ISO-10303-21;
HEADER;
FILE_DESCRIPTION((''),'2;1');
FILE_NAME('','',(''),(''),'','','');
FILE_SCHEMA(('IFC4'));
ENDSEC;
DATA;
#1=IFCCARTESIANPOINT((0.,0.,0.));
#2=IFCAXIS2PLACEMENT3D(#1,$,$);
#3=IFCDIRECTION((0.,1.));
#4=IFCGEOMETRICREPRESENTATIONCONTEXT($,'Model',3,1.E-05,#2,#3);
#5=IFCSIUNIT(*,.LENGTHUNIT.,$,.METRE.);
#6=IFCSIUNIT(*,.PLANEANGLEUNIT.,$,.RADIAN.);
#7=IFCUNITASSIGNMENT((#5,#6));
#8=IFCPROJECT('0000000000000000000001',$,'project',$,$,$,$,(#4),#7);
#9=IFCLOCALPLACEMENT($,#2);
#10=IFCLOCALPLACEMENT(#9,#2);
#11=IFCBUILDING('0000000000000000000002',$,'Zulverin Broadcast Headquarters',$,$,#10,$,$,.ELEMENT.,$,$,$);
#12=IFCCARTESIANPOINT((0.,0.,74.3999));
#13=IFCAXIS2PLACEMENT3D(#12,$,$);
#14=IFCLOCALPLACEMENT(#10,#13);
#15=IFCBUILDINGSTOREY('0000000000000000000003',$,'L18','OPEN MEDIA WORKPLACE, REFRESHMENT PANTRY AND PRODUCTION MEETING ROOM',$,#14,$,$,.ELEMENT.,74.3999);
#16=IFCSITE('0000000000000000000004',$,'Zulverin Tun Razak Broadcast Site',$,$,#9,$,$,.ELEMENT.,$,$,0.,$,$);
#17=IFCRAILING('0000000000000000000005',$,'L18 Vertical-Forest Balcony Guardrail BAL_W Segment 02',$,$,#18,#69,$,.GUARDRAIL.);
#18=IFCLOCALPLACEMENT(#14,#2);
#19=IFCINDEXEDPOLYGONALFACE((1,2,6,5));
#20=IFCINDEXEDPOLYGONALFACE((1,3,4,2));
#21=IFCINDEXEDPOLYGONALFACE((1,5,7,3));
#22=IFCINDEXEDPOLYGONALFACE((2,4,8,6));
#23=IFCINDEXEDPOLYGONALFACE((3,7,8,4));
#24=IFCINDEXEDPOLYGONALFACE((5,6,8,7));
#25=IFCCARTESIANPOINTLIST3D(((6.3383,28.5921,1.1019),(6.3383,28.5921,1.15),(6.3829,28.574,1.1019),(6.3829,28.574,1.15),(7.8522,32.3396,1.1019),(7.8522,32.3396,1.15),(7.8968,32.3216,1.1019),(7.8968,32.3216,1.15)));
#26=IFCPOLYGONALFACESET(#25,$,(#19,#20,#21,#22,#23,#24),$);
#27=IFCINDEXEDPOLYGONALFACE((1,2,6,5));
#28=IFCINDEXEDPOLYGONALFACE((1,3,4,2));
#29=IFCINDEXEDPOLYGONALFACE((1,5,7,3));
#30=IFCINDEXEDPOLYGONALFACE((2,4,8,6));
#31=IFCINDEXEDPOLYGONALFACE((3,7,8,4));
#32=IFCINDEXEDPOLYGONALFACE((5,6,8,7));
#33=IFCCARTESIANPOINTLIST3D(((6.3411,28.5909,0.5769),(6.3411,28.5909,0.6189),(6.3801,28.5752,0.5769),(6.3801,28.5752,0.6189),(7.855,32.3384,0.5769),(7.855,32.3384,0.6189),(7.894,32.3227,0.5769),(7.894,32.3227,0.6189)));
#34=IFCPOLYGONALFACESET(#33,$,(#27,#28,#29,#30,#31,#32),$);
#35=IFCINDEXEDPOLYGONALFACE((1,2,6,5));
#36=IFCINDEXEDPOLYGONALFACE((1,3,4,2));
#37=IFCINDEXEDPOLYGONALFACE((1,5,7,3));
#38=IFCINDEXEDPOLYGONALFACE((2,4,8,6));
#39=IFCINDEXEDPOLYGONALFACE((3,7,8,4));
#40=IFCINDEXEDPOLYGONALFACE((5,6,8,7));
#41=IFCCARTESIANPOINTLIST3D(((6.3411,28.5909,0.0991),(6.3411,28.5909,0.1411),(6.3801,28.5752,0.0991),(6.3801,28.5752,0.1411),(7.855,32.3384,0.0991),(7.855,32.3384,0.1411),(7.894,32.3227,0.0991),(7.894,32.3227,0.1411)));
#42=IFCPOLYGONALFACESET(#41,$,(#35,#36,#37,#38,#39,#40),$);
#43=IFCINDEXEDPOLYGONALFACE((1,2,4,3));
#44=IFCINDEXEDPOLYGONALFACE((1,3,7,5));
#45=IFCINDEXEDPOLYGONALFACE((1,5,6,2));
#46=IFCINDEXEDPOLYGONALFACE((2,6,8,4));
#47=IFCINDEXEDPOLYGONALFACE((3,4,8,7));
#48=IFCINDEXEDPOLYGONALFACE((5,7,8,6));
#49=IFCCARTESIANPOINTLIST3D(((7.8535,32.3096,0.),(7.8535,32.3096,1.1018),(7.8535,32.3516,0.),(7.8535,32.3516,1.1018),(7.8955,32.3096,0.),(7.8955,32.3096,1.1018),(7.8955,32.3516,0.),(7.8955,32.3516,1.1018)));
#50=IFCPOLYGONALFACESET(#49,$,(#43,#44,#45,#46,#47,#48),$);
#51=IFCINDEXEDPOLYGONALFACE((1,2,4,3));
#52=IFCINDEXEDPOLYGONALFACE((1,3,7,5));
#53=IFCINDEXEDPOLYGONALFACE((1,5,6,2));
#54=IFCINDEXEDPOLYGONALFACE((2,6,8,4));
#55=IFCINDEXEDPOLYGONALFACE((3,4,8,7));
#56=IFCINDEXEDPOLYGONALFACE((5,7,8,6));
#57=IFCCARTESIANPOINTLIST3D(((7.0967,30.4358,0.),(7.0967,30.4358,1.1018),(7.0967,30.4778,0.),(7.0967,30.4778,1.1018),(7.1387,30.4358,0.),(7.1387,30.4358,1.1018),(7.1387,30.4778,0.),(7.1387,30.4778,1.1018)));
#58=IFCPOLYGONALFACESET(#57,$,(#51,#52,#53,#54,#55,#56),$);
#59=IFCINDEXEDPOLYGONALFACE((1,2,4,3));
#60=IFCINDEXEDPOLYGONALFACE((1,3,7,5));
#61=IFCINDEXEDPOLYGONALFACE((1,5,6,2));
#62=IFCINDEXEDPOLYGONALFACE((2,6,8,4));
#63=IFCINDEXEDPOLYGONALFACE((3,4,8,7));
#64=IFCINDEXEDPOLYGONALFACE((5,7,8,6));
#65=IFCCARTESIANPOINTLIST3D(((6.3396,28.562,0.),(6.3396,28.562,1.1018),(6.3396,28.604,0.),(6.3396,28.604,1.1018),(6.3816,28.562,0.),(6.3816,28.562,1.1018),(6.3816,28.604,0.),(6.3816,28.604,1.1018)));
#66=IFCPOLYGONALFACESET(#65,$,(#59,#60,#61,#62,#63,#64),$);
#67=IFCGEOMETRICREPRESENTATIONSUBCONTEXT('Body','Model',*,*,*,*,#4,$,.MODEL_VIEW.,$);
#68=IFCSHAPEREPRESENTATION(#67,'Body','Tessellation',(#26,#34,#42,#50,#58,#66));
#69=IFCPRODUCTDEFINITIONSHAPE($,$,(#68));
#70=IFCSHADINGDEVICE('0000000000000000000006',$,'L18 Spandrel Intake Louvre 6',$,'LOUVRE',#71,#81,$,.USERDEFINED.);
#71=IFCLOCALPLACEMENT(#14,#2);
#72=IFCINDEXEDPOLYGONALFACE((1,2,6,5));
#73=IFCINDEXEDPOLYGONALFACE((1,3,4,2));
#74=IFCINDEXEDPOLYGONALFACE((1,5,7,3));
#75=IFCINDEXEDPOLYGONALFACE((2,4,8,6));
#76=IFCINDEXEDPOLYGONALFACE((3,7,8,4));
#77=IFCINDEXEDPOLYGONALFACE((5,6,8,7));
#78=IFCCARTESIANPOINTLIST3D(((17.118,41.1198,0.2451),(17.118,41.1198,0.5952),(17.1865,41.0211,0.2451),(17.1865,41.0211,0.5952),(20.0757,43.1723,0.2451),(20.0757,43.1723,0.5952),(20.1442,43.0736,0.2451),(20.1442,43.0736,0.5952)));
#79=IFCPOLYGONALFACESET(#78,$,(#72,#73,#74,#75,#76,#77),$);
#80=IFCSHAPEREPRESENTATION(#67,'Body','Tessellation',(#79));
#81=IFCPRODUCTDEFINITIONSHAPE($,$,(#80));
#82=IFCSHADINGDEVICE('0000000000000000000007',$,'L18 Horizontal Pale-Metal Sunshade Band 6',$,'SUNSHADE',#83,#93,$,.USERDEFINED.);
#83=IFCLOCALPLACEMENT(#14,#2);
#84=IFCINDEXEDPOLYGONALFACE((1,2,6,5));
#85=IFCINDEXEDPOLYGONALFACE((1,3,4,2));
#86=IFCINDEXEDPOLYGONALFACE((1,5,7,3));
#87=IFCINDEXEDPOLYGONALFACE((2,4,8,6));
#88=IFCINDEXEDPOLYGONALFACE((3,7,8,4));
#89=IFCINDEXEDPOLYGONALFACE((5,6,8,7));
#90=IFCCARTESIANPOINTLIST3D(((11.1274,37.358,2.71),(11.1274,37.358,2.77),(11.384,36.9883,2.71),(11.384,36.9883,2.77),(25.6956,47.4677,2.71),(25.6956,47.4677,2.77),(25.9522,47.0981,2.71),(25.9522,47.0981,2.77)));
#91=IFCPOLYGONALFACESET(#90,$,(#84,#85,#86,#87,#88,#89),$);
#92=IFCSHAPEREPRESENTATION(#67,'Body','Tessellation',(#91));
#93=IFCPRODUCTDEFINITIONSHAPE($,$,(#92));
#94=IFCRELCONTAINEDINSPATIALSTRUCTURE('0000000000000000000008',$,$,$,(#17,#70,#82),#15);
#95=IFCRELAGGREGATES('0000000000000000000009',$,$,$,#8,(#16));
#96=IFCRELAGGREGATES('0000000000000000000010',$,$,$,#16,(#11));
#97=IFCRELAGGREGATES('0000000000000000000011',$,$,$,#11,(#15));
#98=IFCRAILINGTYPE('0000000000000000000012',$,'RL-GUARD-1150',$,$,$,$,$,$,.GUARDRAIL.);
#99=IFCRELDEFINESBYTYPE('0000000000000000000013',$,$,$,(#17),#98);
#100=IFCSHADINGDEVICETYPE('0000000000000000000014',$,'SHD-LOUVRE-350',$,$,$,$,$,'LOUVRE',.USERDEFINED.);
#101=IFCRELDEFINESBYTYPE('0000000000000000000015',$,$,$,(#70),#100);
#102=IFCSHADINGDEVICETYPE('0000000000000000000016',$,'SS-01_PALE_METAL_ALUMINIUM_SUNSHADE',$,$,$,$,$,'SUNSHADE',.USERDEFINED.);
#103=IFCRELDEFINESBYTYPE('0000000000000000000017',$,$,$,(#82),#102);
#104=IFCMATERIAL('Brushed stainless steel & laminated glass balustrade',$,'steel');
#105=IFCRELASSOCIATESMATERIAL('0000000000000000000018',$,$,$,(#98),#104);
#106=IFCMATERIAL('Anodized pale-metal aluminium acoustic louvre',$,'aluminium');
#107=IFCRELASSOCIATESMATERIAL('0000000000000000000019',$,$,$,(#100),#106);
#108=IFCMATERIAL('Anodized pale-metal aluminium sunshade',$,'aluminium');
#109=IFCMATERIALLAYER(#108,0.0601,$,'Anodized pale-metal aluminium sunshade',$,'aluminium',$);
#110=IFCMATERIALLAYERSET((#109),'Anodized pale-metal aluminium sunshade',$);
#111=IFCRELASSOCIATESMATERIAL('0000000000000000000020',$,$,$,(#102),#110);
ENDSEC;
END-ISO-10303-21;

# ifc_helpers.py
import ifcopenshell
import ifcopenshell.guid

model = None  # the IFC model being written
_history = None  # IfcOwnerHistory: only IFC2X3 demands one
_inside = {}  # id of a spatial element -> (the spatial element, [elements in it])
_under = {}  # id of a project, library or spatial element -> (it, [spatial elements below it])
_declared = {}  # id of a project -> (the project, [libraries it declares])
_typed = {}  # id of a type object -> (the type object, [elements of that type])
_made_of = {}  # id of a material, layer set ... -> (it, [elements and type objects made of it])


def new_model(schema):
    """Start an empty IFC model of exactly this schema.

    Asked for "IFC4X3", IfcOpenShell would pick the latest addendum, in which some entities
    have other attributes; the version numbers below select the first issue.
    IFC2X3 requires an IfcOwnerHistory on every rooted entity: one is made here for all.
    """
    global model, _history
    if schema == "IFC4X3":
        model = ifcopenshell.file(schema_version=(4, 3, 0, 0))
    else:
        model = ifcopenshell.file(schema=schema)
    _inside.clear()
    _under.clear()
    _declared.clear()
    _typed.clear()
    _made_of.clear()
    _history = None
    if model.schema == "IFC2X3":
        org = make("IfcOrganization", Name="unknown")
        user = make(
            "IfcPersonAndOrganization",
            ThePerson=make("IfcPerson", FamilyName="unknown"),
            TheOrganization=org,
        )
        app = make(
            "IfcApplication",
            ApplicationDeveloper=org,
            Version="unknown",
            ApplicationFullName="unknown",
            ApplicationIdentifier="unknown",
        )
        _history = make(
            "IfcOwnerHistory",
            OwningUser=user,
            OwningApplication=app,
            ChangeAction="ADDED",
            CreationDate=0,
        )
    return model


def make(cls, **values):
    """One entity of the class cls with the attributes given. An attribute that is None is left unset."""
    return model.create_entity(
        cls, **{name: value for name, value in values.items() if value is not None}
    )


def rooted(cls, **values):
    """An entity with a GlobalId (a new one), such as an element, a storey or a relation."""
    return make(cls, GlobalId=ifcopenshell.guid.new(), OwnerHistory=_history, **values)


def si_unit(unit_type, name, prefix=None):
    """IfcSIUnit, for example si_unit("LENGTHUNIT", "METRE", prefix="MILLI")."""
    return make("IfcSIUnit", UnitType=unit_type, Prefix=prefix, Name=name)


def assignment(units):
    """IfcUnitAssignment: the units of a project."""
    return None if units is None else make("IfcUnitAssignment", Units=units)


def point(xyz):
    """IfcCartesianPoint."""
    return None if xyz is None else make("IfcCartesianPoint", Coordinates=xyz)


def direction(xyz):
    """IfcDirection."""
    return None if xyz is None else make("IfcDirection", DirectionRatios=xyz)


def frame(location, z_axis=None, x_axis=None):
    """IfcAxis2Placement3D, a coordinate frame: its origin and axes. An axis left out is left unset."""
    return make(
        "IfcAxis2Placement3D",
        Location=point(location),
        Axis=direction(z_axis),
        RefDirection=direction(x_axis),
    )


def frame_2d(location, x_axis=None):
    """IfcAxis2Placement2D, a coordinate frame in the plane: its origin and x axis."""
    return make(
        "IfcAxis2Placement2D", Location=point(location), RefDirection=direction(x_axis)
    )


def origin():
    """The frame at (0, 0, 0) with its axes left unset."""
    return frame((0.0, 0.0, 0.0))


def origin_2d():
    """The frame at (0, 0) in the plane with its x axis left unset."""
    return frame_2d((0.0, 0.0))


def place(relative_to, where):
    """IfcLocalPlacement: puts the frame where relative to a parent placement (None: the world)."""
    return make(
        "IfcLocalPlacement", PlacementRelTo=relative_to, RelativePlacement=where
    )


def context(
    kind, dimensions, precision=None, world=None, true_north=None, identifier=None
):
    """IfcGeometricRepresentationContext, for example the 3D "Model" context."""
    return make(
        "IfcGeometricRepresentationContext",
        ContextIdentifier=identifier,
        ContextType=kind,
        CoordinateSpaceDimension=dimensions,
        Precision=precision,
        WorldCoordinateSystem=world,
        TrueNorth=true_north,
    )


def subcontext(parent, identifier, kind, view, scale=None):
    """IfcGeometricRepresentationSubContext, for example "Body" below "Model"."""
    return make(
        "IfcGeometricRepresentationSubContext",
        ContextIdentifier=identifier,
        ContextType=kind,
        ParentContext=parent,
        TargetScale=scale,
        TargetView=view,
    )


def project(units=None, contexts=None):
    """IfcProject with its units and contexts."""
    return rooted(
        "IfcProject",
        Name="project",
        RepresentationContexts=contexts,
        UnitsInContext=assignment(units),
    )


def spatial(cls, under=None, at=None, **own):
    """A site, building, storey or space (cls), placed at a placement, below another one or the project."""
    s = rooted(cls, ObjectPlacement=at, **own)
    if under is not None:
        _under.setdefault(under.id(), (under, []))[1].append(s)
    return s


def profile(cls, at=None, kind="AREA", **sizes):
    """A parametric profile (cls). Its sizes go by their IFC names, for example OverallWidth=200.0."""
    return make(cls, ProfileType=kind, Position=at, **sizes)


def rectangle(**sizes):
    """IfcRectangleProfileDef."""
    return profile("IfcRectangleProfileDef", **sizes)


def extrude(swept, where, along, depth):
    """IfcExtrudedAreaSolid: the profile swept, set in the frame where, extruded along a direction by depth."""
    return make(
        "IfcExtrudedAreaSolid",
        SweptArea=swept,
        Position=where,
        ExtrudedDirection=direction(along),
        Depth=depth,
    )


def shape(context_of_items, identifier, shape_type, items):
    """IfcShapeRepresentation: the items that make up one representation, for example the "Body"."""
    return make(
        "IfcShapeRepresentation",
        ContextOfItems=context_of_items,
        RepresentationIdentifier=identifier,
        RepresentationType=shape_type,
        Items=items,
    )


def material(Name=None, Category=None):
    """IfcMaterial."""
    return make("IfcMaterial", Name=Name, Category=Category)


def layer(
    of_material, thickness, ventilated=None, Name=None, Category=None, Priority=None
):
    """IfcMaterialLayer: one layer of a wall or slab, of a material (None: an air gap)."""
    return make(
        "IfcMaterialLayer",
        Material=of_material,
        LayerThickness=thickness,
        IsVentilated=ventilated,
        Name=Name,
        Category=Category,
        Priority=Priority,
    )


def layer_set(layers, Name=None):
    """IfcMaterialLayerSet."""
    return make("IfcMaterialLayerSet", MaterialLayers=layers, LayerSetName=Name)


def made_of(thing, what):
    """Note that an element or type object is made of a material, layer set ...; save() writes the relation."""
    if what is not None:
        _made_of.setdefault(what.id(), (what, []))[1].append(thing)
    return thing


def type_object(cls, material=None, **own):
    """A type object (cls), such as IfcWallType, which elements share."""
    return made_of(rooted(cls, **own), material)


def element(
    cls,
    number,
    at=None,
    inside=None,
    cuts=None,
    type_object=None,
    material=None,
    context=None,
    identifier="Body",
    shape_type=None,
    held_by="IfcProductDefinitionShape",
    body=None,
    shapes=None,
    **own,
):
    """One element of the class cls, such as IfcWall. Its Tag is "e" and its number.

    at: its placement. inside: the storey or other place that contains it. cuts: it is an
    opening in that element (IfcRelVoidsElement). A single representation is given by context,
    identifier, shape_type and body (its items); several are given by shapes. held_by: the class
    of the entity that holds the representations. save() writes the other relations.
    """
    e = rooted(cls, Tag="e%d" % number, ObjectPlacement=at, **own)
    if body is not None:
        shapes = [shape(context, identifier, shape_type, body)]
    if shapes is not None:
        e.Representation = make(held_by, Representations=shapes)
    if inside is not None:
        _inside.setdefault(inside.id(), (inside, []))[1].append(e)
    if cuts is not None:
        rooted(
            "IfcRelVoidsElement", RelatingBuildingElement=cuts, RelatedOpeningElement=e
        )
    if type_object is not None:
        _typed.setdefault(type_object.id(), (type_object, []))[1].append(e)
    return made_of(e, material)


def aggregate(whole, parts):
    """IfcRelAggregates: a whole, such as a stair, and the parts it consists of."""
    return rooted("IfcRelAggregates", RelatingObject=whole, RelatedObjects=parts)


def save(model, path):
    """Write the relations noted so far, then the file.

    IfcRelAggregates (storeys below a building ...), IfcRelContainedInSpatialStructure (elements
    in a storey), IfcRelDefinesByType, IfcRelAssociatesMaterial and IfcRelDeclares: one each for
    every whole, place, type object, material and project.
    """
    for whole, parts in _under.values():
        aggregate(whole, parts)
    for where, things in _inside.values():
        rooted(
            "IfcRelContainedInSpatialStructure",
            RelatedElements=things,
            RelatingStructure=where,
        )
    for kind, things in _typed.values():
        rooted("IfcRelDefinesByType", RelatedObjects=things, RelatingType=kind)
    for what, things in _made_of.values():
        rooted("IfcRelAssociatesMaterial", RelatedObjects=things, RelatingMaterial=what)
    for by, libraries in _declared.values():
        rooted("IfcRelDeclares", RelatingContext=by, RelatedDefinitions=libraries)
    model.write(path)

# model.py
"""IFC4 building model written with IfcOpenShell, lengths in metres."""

from ifc_helpers import new_model, si_unit, direction, frame, origin, origin_2d, place, context, subcontext, project, spatial, rectangle, extrude, material, layer, layer_set, type_object, element, save


model = new_model("IFC4")

# Units and contexts
model_context = context("Model", 3, precision=1e-05, world=origin(), true_north=direction((0.0, 1.0)))
body_context = subcontext(model_context, "Body", "Model", "MODEL_VIEW")
ifc_project = project(units=[si_unit("LENGTHUNIT", "METRE"), si_unit("PLANEANGLEUNIT", "RADIAN")], contexts=[model_context])

# Site, building, storey
site_placement = place(None, origin())
site = spatial("IfcSite", under=ifc_project, at=site_placement, Name="Zulverin Tun Razak Broadcast Site", CompositionType="ELEMENT", RefElevation=0.0)
building_placement = place(site_placement, origin())
building = spatial("IfcBuilding", under=site, at=building_placement, Name="Zulverin Broadcast Headquarters", CompositionType="ELEMENT")
storey_placement = place(building_placement, frame((0.0, 0.0, 74.3999)))
storey = spatial("IfcBuildingStorey", under=building, at=storey_placement, Name="L18", Description="OPEN MEDIA WORKPLACE, REFRESHMENT PANTRY AND PRODUCTION MEETING ROOM", CompositionType="ELEMENT", Elevation=74.3999)

# Railing
ifc_material_1 = material(Name="Brushed stainless steel & laminated glass balustrade", Category="steel")
railing_type = type_object("IfcRailingType", Name="RL-GUARD-1150", PredefinedType="GUARDRAIL", material=ifc_material_1)
railing_placement = place(storey_placement, frame((7.8745, 32.3306, 0.0)))
element("IfcRailing", 1, at=railing_placement, inside=storey, type_object=railing_type, Name="L18 Vertical-Forest Balcony Guardrail BAL_W Segment 02", PredefinedType="GUARDRAIL", context=body_context, shape_type="SweptSolid", body=[
    extrude(rectangle(XDim=0.0481, YDim=0.0481, at=origin_2d()), frame((0.0, 0.0, 1.126), z_axis=(-0.374565, -0.927201, 0.0), x_axis=(0.927201, -0.374565, 0.0)), (0.0, 0.0, 1.0), 4.0417),
    extrude(rectangle(XDim=0.042, YDim=0.042, at=origin_2d()), frame((0.0, 0.0, 0.5979), z_axis=(-0.374565, -0.927201, 0.0), x_axis=(0.927201, -0.374565, 0.0)), (0.0, 0.0, 1.0), 4.0417),
    extrude(rectangle(XDim=0.042, YDim=0.042, at=origin_2d()), frame((0.0, 0.0, 0.1201), z_axis=(-0.374565, -0.927201, 0.0), x_axis=(0.927201, -0.374565, 0.0)), (0.0, 0.0, 1.0), 4.0417),
    extrude(rectangle(XDim=0.042, YDim=0.042, at=origin_2d()), origin(), (0.0, 0.0, 1.0), 1.1018),
    extrude(rectangle(XDim=0.042, YDim=0.042, at=origin_2d()), frame((-0.7568, -1.8738, 0.0)), (0.0, 0.0, 1.0), 1.1018),
    extrude(rectangle(XDim=0.042, YDim=0.042, at=origin_2d()), frame((-1.5139, -3.7476, 0.0)), (0.0, 0.0, 1.0), 1.1018),
])

# Shading devices
ifc_material_2 = material(Name="Anodized pale-metal aluminium acoustic louvre", Category="aluminium")
shading_device_type_1 = type_object("IfcShadingDeviceType", Name="SHD-LOUVRE-350", ElementType="LOUVRE", PredefinedType="USERDEFINED", material=ifc_material_2)
shading_device_1_placement = place(storey_placement, frame((18.6311, 42.0967, 0.2451), z_axis=(0.0, 0.0, 1.0), x_axis=(-0.821556, -0.570127, 0.0)))
element("IfcShadingDevice", 2, at=shading_device_1_placement, inside=storey, type_object=shading_device_type_1, Name="L18 Spandrel Intake Louvre 6", ObjectType="LOUVRE", PredefinedType="USERDEFINED", context=body_context, shape_type="SweptSolid", body=[
    extrude(rectangle(XDim=3.6001, YDim=0.1201, at=origin_2d()), origin(), (0.0, 0.0, 1.0), 0.3501),
])
ifc_material_3 = material(Name="Anodized pale-metal aluminium sunshade", Category="aluminium")
ifc_layer_1 = layer(ifc_material_3, 0.0601, Name="Anodized pale-metal aluminium sunshade", Category="aluminium")
ifc_layer_set_1 = layer_set([ifc_layer_1], Name="Anodized pale-metal aluminium sunshade")
shading_device_type_2 = type_object("IfcShadingDeviceType", Name="SS-01_PALE_METAL_ALUMINIUM_SUNSHADE", ElementType="SUNSHADE", PredefinedType="USERDEFINED", material=ifc_layer_set_1)
shading_device_2_placement = place(storey_placement, frame((18.5398, 42.228, 2.71), z_axis=(0.0, 0.0, 1.0), x_axis=(-0.821556, -0.570127, 0.0)))
element("IfcShadingDevice", 3, at=shading_device_2_placement, inside=storey, type_object=shading_device_type_2, Name="L18 Horizontal Pale-Metal Sunshade Band 6", ObjectType="SUNSHADE", PredefinedType="USERDEFINED", context=body_context, shape_type="SweptSolid", body=[
    extrude(rectangle(XDim=17.7324, YDim=0.45, at=origin_2d()), origin(), (0.0, 0.0, 1.0), 0.0601),
])

save(model, "model.ifc")
